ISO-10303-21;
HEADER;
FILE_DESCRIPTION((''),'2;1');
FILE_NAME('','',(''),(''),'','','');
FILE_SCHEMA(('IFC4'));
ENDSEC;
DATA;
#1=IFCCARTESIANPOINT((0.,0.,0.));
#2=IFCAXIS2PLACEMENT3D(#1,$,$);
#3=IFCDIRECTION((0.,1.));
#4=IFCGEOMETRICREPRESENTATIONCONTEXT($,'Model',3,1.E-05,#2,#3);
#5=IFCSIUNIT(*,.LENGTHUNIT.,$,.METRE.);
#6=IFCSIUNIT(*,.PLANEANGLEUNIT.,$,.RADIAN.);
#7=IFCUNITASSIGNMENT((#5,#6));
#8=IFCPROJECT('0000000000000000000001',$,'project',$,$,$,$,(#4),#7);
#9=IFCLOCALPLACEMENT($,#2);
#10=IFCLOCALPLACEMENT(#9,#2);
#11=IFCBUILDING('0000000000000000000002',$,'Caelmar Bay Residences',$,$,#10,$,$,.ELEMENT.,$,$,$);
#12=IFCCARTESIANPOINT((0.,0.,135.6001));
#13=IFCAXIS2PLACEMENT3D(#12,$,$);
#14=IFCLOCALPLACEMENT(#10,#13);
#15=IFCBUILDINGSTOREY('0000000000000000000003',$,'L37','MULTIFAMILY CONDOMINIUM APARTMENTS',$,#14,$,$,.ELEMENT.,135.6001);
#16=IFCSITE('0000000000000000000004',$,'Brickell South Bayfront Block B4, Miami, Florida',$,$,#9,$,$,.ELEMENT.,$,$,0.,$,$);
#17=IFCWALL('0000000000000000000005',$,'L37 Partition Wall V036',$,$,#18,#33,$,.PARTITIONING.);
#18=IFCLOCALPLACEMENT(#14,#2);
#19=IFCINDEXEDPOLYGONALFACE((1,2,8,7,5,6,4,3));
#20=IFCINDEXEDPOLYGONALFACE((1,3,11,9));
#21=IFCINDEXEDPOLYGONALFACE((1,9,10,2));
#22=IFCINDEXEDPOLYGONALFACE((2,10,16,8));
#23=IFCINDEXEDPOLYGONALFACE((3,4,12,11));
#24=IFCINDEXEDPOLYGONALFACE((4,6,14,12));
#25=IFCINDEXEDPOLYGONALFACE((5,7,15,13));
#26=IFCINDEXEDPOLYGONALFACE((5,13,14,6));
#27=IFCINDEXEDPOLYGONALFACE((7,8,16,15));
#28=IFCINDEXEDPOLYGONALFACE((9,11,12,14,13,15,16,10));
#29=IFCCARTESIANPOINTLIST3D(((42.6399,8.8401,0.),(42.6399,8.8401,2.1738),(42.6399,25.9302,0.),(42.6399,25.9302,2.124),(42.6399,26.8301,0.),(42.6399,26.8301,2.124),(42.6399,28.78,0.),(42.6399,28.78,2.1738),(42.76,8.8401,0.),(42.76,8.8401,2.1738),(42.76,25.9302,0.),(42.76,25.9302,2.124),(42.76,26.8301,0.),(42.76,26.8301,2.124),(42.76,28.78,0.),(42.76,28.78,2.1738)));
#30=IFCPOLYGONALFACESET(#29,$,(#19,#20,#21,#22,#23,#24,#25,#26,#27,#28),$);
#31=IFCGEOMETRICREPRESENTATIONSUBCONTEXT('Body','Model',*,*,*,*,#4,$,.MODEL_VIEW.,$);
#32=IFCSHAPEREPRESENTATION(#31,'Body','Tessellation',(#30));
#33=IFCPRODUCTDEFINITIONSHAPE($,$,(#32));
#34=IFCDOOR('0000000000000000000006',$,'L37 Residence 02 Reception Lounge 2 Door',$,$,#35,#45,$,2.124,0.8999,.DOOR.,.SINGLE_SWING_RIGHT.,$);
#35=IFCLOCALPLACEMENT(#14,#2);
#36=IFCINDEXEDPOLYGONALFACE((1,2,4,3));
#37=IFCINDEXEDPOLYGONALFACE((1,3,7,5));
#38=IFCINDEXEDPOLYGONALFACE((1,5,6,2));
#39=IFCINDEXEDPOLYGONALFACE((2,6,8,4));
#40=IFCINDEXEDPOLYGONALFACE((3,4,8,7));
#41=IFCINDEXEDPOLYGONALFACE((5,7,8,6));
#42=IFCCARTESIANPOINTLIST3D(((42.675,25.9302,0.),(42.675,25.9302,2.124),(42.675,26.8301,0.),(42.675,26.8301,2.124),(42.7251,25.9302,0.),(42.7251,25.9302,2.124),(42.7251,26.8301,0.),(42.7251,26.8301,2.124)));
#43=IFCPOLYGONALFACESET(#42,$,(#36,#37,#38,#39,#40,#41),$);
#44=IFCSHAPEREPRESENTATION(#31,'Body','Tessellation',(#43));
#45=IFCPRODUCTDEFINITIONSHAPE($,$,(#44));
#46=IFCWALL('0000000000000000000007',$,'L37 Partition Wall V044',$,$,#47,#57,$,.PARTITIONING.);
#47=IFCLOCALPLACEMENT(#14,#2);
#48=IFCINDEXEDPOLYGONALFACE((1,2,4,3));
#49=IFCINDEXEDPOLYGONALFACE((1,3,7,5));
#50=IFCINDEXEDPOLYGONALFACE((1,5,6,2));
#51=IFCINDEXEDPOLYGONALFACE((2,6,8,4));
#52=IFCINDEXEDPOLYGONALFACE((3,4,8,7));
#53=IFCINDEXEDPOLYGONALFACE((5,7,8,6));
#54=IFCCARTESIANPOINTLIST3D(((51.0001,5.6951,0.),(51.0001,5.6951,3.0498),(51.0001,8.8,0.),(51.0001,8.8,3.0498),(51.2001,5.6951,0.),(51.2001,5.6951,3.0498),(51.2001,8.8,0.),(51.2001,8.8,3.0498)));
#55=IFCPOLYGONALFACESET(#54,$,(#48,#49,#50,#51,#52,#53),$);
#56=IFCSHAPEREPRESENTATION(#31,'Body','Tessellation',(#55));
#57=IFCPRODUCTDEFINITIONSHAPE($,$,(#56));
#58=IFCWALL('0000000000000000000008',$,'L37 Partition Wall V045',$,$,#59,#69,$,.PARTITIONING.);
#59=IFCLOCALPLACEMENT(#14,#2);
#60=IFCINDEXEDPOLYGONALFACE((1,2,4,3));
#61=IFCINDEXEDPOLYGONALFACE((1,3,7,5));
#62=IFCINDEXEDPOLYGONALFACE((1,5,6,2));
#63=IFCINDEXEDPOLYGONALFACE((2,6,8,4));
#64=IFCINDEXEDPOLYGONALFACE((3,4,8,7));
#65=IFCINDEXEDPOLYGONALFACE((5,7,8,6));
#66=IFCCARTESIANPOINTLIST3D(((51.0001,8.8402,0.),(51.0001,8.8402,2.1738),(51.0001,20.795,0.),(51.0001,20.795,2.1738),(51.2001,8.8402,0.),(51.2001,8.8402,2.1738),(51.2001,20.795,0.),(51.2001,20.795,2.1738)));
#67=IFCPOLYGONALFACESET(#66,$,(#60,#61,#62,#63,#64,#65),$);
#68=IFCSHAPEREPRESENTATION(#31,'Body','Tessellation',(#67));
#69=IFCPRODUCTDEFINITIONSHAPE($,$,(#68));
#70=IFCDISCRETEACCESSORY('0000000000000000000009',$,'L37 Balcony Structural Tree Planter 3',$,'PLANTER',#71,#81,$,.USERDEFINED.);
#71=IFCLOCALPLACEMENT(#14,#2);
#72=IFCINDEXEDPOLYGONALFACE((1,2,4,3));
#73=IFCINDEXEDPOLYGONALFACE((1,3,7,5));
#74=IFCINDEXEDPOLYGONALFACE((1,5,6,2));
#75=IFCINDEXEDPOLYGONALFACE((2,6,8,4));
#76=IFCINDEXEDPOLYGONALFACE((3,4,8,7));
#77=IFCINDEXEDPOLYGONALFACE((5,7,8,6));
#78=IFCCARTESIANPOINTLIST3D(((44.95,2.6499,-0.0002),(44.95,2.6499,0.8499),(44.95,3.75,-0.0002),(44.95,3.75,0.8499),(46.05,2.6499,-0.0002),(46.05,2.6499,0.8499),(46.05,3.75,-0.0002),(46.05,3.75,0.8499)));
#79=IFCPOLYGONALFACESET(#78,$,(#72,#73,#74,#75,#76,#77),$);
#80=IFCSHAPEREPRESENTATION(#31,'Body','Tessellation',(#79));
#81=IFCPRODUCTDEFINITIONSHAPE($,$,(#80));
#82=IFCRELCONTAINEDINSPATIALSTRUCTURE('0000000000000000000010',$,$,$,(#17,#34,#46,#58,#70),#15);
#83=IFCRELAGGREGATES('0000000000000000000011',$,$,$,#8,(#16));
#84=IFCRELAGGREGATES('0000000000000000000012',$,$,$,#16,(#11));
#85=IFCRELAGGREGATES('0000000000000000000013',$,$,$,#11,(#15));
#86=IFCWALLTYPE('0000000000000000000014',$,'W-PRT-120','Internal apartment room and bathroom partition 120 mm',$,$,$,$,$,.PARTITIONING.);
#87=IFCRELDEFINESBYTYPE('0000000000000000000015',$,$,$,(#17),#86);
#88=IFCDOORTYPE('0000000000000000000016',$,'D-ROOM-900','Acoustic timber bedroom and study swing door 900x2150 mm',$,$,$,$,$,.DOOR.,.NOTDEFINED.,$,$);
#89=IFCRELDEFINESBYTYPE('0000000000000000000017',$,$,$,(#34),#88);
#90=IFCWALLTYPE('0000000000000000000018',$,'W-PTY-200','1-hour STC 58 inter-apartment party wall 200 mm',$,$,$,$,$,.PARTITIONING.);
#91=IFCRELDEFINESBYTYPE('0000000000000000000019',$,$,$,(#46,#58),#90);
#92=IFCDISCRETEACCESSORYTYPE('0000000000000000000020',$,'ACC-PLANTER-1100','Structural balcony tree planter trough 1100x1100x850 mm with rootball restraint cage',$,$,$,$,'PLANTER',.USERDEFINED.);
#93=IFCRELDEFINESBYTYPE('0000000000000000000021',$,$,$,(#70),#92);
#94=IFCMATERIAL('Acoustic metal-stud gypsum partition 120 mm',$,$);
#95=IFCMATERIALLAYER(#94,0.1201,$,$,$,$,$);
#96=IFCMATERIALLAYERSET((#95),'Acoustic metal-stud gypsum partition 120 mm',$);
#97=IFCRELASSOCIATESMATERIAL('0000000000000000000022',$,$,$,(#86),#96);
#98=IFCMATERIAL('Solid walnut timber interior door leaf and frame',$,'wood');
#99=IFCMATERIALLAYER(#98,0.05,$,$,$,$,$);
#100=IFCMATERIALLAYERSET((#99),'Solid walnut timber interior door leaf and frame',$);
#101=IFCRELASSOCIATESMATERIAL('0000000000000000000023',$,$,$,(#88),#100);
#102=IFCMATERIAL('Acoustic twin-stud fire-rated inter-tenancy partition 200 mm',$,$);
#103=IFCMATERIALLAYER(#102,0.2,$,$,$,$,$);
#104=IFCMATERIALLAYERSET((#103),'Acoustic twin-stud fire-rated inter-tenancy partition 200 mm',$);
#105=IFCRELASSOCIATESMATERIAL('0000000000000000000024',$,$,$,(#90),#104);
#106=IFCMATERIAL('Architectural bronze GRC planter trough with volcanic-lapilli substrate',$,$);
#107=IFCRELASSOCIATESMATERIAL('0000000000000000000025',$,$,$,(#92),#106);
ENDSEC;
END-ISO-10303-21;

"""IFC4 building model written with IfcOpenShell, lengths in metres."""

from ifc_helpers import new_model, si_unit, direction, frame, frame_2d, origin, origin_2d, place, context, subcontext, project, spatial, rectangle, extrude, material, layer, layer_set, type_object, element, fill, save


model = new_model("IFC4")

# Units and contexts
model_context = context("Model", 3, precision=1e-05, world=origin(), true_north=direction((0.0, 1.0)))
body_context = subcontext(model_context, "Body", "Model", "MODEL_VIEW")
ifc_project = project(units=[si_unit("LENGTHUNIT", "METRE"), si_unit("PLANEANGLEUNIT", "RADIAN")], contexts=[model_context])

# Site, building, storey
site_placement = place(None, origin())
site = spatial("IfcSite", under=ifc_project, at=site_placement, Name="Brickell South Bayfront Block B4, Miami, Florida", CompositionType="ELEMENT", RefElevation=0.0)
building_placement = place(site_placement, origin())
building = spatial("IfcBuilding", under=site, at=building_placement, Name="Caelmar Bay Residences", CompositionType="ELEMENT")
storey_placement = place(building_placement, frame((0.0, 0.0, 135.6001)))
storey = spatial("IfcBuildingStorey", under=building, at=storey_placement, Name="L37", Description="MULTIFAMILY CONDOMINIUM APARTMENTS", CompositionType="ELEMENT", Elevation=135.6001)

# Shared definitions
ifc_material_1 = material(Name="Acoustic metal-stud gypsum partition 120 mm")
ifc_layer_1 = layer(ifc_material_1, 0.1201)
ifc_layer_set_1 = layer_set([ifc_layer_1], Name="Acoustic metal-stud gypsum partition 120 mm")
wall_type_1 = type_object("IfcWallType", Name="W-PRT-120", Description="Internal apartment room and bathroom partition 120 mm", PredefinedType="PARTITIONING", material=ifc_layer_set_1)

# Wall, opening, door
wall_1_placement = place(storey_placement, frame((42.7, 8.8401, 0.0), z_axis=(0.0, 0.0, 1.0), x_axis=(0.0, 1.0, 0.0)))
wall_1 = element("IfcWall", 1, at=wall_1_placement, inside=storey, type_object=wall_type_1, Name="L37 Partition Wall V036", PredefinedType="PARTITIONING", context=body_context, shape_type="SweptSolid", body=[
    extrude(rectangle(XDim=19.9399, YDim=0.1201, at=frame_2d((9.97, 0.0))), origin(), (0.0, 0.0, 1.0), 2.1738),
])
opening_placement = place(wall_1_placement, frame((17.0901, 0.0, 0.0)))
opening = element("IfcOpeningElement", 2, at=opening_placement, cuts=wall_1, PredefinedType="OPENING", context=body_context, shape_type="SweptSolid", body=[
    extrude(rectangle(XDim=0.8999, YDim=2.124, at=frame_2d((0.45, 1.062))), frame((0.0, 0.0701, 0.0), z_axis=(0.0, -1.0, 0.0), x_axis=(1.0, 0.0, 0.0)), (0.0, 0.0, 1.0), 0.1401),
])
ifc_material_2 = material(Name="Solid walnut timber interior door leaf and frame", Category="wood")
ifc_layer_2 = layer(ifc_material_2, 0.05)
ifc_layer_set_2 = layer_set([ifc_layer_2], Name="Solid walnut timber interior door leaf and frame")
door_type = type_object("IfcDoorType", Name="D-ROOM-900", Description="Acoustic timber bedroom and study swing door 900x2150 mm", OperationType="NOTDEFINED", PredefinedType="DOOR", material=ifc_layer_set_2)
door_placement = place(opening_placement, origin())
door = element("IfcDoor", 3, at=door_placement, inside=storey, type_object=door_type, Name="L37 Residence 02 Reception Lounge 2 Door", OperationType="SINGLE_SWING_RIGHT", OverallHeight=2.124, OverallWidth=0.8999, PredefinedType="DOOR", context=body_context, shape_type="SweptSolid", body=[
    extrude(rectangle(XDim=0.8999, YDim=2.124, at=frame_2d((0.45, 1.062))), frame((0.0, 0.0249, 0.0), z_axis=(0.0, -1.0, 0.0), x_axis=(1.0, 0.0, 0.0)), (0.0, 0.0, 1.0), 0.05),
])
fill(opening, door)

# Walls
ifc_material_3 = material(Name="Acoustic twin-stud fire-rated inter-tenancy partition 200 mm")
ifc_layer_3 = layer(ifc_material_3, 0.2)
ifc_layer_set_3 = layer_set([ifc_layer_3], Name="Acoustic twin-stud fire-rated inter-tenancy partition 200 mm")
wall_type_2 = type_object("IfcWallType", Name="W-PTY-200", Description="1-hour STC 58 inter-apartment party wall 200 mm", PredefinedType="PARTITIONING", material=ifc_layer_set_3)
wall_2_placement = place(storey_placement, frame((51.1001, 5.6951, 0.0), z_axis=(0.0, 0.0, 1.0), x_axis=(0.0, 1.0, 0.0)))
element("IfcWall", 4, at=wall_2_placement, inside=storey, type_object=wall_type_2, Name="L37 Partition Wall V044", PredefinedType="PARTITIONING", context=body_context, shape_type="SweptSolid", body=[
    extrude(rectangle(XDim=3.105, YDim=0.2, at=frame_2d((1.5525, 0.0))), origin(), (0.0, 0.0, 1.0), 3.0498),
])
wall_3_placement = place(storey_placement, frame((51.1001, 8.8401, 0.0), z_axis=(0.0, 0.0, 1.0), x_axis=(0.0, 1.0, 0.0)))
element("IfcWall", 5, at=wall_3_placement, inside=storey, type_object=wall_type_2, Name="L37 Partition Wall V045", PredefinedType="PARTITIONING", context=body_context, shape_type="SweptSolid", body=[
    extrude(rectangle(XDim=11.9548, YDim=0.2, at=frame_2d((5.9775, 0.0))), origin(), (0.0, 0.0, 1.0), 2.1738),
])

# Discrete accessory
ifc_material_4 = material(Name="Architectural bronze GRC planter trough with volcanic-lapilli substrate")
discrete_accessory_type = type_object("IfcDiscreteAccessoryType", Name="ACC-PLANTER-1100", Description="Structural balcony tree planter trough 1100x1100x850 mm with rootball restraint cage", ElementType="PLANTER", PredefinedType="USERDEFINED", material=ifc_material_4)
discrete_accessory_placement = place(storey_placement, frame((45.5, 3.2, -0.0002), z_axis=(0.0, 0.0, 1.0), x_axis=(1.0, 0.0, 0.0)))
element("IfcDiscreteAccessory", 6, at=discrete_accessory_placement, inside=storey, type_object=discrete_accessory_type, Name="L37 Balcony Structural Tree Planter 3", ObjectType="PLANTER", PredefinedType="USERDEFINED", context=body_context, shape_type="SweptSolid", body=[
    extrude(rectangle(XDim=1.1001, YDim=1.1001, at=origin_2d()), origin(), (0.0, 0.0, 1.0), 0.8501),
])

save(model, "model.ifc")
